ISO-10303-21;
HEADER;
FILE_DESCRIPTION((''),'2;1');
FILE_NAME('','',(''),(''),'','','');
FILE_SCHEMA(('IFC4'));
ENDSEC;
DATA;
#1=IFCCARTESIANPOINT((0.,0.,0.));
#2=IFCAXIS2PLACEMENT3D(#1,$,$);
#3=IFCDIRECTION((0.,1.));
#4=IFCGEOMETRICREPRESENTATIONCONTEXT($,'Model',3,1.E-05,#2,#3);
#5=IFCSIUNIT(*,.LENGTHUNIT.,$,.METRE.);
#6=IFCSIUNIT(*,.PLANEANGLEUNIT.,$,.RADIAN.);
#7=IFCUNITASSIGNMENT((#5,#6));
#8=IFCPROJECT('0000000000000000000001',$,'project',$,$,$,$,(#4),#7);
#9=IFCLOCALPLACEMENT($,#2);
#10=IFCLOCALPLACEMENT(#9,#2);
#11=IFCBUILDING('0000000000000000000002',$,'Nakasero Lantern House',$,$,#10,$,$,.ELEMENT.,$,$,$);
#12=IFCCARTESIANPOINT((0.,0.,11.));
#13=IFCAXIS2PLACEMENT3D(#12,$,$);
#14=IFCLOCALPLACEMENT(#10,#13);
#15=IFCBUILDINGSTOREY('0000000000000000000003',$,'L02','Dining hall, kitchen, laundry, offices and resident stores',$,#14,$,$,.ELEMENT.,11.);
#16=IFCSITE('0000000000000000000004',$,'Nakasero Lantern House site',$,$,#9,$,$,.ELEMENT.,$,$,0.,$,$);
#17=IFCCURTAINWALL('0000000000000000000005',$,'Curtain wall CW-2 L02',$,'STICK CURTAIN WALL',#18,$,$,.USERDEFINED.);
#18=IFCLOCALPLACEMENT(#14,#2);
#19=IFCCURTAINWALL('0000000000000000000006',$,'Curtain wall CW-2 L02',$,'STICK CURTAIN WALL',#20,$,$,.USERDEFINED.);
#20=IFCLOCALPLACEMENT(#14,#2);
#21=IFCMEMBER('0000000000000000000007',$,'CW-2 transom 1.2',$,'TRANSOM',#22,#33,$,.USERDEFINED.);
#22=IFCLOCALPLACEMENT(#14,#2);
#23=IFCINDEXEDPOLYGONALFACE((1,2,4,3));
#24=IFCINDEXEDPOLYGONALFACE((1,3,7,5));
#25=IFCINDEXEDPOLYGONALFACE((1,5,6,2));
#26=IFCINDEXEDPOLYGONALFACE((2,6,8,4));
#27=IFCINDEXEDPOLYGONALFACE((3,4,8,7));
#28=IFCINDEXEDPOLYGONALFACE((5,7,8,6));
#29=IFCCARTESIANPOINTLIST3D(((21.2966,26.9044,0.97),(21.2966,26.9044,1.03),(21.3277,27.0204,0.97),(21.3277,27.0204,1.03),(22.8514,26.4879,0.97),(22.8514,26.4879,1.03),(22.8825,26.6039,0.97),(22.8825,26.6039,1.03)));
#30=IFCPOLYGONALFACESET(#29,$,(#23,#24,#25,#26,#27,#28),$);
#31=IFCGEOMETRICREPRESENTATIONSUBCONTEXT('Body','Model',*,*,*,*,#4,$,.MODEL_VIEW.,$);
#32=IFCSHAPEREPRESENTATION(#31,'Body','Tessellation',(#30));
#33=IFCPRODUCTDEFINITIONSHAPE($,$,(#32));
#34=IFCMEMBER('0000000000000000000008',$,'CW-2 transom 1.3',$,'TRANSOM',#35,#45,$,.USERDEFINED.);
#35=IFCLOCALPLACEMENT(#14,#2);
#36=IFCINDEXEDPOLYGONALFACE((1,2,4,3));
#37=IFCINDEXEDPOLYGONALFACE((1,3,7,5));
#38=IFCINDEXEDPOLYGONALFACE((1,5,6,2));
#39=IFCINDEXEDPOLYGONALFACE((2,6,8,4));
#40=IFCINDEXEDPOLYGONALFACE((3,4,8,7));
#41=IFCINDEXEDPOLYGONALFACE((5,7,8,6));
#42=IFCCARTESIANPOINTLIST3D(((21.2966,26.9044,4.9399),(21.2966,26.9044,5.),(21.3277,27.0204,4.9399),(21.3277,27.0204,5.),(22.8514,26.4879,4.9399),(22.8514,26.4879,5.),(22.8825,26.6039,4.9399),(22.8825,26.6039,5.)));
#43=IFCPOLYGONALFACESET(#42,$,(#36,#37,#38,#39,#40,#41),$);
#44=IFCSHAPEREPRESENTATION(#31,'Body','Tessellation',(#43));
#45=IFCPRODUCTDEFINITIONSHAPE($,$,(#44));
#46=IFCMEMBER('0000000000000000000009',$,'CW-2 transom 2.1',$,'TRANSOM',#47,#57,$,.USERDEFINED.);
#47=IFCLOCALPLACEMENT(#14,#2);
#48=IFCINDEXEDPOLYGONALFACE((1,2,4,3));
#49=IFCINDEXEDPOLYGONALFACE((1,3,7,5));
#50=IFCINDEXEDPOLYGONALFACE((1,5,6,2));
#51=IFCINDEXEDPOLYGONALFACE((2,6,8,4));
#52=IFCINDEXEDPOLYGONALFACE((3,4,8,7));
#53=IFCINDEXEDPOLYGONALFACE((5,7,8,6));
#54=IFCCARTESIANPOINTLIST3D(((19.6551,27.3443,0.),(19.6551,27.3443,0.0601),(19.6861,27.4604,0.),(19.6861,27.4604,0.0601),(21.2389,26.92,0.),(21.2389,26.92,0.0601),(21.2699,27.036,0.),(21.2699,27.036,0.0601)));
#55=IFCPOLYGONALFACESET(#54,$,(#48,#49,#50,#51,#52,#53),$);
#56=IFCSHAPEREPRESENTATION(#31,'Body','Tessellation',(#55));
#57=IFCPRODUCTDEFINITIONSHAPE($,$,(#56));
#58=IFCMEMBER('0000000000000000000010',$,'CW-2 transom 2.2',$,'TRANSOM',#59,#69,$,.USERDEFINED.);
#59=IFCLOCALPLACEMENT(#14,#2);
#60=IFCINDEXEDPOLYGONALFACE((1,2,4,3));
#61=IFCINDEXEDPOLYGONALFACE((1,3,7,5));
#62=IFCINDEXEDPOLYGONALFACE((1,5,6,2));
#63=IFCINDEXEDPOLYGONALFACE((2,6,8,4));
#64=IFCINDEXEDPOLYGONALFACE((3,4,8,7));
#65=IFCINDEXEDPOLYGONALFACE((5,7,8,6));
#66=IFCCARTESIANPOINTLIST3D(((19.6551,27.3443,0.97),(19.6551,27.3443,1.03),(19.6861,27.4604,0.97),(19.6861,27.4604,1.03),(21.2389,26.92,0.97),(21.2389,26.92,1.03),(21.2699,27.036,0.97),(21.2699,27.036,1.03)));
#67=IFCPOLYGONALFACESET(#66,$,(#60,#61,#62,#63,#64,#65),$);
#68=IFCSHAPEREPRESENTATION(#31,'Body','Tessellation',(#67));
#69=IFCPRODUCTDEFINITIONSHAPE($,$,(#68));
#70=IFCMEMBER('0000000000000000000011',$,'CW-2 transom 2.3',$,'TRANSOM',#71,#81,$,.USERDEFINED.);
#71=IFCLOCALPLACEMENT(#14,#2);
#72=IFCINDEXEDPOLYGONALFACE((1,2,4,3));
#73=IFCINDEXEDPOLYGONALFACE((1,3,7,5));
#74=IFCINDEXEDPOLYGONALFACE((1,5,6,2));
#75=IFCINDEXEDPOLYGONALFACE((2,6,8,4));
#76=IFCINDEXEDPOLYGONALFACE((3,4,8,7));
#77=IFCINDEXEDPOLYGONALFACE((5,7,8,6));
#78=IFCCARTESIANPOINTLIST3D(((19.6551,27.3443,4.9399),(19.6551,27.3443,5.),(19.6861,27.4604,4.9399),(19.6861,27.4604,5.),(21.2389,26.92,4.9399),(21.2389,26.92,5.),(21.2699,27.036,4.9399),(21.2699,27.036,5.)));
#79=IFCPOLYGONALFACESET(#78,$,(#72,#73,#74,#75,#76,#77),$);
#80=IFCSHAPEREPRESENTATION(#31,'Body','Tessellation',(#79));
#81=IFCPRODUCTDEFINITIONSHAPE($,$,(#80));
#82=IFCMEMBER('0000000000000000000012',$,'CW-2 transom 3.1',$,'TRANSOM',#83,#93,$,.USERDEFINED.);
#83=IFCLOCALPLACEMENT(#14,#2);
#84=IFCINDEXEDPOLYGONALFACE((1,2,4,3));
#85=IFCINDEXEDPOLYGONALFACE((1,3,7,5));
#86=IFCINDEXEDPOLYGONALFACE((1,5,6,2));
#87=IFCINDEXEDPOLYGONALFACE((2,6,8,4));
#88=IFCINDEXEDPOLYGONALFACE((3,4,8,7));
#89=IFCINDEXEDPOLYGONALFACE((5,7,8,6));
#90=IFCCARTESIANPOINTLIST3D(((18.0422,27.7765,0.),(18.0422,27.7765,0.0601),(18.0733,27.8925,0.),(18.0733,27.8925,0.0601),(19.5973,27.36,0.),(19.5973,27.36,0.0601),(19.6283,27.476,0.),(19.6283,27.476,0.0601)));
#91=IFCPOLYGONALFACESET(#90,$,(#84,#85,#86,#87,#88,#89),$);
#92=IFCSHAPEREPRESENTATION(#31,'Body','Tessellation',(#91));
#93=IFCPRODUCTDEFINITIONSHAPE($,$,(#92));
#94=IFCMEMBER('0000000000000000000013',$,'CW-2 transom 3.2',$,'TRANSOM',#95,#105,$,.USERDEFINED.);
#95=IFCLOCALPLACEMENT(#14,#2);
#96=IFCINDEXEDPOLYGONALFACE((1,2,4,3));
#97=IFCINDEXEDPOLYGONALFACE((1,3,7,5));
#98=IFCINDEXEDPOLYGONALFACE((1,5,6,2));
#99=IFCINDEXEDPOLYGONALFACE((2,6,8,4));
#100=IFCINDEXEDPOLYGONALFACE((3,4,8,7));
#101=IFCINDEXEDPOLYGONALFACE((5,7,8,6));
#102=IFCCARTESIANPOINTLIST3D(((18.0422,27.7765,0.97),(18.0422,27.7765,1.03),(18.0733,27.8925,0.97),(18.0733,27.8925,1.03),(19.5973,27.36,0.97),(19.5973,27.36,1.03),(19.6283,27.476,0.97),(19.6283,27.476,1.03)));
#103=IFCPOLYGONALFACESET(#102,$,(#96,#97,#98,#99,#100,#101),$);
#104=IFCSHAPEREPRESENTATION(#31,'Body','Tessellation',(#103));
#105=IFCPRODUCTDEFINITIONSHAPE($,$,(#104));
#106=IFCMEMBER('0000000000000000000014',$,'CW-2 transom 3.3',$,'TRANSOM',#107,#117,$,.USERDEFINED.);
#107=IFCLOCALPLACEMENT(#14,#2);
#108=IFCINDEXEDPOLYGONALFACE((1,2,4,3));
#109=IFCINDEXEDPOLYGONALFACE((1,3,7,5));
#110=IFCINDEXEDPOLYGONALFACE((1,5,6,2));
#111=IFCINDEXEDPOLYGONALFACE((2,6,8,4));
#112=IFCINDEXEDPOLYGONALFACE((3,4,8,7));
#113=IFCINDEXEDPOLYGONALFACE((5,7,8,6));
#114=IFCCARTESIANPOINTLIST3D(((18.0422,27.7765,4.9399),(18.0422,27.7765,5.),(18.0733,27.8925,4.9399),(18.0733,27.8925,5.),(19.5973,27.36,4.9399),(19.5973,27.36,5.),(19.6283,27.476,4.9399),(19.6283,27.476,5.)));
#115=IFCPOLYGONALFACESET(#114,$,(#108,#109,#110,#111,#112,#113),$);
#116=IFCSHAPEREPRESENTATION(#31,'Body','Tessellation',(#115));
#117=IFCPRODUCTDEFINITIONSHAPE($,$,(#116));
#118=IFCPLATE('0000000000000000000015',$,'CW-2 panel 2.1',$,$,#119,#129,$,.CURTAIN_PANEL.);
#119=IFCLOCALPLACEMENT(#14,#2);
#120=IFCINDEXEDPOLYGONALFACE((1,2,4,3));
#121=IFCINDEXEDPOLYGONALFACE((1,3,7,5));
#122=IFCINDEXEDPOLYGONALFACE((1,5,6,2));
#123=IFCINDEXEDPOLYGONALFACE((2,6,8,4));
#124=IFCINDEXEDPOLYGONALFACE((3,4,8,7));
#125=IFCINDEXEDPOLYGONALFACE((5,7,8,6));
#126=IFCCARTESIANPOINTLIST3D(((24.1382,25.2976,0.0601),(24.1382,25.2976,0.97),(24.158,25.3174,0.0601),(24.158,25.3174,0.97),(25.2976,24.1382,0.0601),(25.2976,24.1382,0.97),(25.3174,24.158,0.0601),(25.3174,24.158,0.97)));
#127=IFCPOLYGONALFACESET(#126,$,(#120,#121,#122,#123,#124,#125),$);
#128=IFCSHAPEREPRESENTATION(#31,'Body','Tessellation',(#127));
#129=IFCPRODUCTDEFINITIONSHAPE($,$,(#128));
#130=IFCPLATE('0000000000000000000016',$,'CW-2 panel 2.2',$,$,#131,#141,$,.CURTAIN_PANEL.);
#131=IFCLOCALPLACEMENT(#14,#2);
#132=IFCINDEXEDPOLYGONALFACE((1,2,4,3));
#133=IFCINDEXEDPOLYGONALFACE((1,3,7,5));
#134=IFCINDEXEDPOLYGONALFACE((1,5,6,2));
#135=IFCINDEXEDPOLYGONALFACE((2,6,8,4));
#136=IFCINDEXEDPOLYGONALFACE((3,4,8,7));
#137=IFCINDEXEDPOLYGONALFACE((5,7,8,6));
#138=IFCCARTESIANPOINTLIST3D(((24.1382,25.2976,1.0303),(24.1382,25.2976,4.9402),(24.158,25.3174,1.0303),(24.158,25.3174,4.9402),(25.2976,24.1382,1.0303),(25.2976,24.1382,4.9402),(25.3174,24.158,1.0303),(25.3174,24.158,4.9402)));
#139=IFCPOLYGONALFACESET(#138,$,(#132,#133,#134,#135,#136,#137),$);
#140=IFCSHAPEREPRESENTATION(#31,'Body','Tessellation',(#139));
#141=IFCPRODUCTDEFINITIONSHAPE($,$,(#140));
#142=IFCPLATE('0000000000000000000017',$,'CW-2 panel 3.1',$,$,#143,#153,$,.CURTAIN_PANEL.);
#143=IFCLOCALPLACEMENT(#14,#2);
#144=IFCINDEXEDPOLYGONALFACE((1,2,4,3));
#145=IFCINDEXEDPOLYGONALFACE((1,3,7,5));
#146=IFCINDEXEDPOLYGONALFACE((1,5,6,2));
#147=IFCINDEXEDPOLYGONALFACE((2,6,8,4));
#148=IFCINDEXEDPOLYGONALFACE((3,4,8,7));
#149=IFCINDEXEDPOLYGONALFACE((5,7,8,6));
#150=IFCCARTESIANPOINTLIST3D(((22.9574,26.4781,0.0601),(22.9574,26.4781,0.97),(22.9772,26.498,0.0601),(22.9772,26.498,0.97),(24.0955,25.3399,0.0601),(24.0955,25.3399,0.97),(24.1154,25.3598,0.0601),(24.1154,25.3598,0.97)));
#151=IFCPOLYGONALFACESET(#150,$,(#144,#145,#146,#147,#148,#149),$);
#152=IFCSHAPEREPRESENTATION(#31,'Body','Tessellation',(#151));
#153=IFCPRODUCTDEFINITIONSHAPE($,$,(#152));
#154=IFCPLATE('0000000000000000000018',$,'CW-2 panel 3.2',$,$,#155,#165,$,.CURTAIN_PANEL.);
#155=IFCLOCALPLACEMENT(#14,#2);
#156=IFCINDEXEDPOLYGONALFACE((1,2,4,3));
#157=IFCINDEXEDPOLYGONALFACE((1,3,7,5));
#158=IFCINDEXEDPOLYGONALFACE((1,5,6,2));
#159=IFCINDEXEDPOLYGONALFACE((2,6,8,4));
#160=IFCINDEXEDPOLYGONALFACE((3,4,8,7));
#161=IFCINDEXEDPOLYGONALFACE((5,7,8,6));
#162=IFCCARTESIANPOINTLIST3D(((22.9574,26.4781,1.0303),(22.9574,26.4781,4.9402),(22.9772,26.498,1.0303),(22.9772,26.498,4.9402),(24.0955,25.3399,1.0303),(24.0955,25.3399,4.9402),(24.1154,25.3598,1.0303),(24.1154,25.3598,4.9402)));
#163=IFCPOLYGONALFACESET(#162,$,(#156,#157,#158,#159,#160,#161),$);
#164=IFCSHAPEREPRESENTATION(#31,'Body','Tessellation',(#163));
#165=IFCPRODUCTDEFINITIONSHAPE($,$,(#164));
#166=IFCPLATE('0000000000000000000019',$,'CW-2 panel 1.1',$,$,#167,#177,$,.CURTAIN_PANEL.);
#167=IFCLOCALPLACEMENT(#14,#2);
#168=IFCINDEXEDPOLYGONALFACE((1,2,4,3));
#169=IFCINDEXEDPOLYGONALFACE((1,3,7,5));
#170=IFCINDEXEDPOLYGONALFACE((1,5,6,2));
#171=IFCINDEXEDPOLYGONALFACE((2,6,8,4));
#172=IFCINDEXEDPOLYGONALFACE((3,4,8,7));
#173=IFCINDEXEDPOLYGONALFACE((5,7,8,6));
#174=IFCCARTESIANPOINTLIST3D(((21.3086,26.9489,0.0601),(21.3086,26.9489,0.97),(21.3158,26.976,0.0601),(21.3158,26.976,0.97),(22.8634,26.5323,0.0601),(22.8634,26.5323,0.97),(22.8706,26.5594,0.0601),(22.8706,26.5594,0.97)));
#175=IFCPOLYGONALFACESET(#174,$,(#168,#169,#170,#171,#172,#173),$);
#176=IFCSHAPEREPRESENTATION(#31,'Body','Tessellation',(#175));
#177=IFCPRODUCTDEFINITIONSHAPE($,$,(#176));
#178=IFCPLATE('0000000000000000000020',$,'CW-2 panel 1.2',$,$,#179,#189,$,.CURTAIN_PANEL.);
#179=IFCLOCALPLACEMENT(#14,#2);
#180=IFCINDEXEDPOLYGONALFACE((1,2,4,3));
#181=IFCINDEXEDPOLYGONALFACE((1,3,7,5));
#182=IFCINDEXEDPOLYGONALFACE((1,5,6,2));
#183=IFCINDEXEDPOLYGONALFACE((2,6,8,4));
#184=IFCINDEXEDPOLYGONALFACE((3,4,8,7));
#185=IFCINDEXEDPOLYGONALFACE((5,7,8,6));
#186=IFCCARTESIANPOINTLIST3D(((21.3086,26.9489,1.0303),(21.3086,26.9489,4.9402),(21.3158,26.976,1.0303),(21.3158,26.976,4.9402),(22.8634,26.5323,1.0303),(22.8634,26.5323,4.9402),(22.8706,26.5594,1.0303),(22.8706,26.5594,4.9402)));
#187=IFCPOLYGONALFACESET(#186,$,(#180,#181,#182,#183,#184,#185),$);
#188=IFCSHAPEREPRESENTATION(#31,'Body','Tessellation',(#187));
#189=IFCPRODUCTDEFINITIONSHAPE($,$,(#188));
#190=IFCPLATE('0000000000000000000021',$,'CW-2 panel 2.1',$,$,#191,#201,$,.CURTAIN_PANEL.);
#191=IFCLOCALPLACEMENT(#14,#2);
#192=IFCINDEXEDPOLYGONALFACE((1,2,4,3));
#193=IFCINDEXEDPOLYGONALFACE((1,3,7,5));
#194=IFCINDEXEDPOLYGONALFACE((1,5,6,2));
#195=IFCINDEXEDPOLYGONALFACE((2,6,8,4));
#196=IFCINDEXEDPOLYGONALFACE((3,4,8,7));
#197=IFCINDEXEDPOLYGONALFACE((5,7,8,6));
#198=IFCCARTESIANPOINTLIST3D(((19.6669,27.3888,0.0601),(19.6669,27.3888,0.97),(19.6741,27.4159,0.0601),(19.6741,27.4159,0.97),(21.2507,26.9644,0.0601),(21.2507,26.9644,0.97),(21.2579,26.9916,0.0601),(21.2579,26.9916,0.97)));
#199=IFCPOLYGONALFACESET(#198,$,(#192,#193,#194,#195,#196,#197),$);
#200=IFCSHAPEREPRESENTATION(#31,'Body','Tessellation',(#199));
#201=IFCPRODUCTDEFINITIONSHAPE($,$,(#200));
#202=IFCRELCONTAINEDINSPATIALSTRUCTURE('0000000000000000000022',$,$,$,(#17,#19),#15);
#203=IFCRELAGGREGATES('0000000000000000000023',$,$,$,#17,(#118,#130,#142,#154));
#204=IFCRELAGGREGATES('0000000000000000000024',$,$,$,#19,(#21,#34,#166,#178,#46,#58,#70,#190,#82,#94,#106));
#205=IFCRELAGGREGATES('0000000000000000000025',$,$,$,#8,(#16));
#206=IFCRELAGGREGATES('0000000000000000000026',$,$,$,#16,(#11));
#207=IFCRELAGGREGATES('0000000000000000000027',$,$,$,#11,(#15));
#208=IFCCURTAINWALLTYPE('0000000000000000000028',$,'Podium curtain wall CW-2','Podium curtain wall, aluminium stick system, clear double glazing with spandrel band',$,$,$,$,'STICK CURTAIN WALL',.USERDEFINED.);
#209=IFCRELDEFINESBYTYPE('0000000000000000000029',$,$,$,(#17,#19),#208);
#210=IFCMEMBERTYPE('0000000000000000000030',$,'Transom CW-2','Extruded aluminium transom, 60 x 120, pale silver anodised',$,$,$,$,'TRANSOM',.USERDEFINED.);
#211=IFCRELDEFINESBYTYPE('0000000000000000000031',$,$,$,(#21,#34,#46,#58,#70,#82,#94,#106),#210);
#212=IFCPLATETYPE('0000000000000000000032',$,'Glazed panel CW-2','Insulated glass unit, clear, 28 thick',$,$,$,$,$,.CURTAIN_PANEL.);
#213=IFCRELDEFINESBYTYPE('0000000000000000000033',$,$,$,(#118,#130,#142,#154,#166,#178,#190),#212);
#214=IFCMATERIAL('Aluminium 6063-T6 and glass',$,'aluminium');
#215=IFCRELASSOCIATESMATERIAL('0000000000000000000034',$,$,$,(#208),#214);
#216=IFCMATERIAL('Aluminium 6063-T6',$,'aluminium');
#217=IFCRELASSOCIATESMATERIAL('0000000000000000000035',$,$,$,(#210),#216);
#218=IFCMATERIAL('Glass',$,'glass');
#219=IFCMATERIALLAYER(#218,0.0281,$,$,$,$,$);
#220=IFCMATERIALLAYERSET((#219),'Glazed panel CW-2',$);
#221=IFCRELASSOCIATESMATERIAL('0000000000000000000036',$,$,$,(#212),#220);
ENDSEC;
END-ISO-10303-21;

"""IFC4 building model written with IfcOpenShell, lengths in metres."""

from ifc_helpers import new_model, si_unit, direction, frame, origin, origin_2d, place, context, subcontext, project, spatial, rectangle, extrude, material, layer, layer_set, material_profile, profile_set, type_object, element, aggregate, save


model = new_model("IFC4")

# Units and contexts
model_context = context("Model", 3, precision=1e-05, world=origin(), true_north=direction((0.0, 1.0)))
body_context = subcontext(model_context, "Body", "Model", "MODEL_VIEW")
ifc_project = project(units=[si_unit("LENGTHUNIT", "METRE"), si_unit("PLANEANGLEUNIT", "RADIAN")], contexts=[model_context])

# Site, building, storey
site_placement = place(None, origin())
site = spatial("IfcSite", under=ifc_project, at=site_placement, Name="Nakasero Lantern House site", CompositionType="ELEMENT", RefElevation=0.0)
building_placement = place(site_placement, origin())
building = spatial("IfcBuilding", under=site, at=building_placement, Name="Nakasero Lantern House", CompositionType="ELEMENT")
storey_placement = place(building_placement, frame((0.0, 0.0, 11.0)))
storey = spatial("IfcBuildingStorey", under=building, at=storey_placement, Name="L02", Description="Dining hall, kitchen, laundry, offices and resident stores", CompositionType="ELEMENT", Elevation=11.0)

# Curtain walls
ifc_material_1 = material(Name="Aluminium 6063-T6 and glass", Category="aluminium")
curtain_wall_type = type_object("IfcCurtainWallType", Name="Podium curtain wall CW-2", Description="Podium curtain wall, aluminium stick system, clear double glazing with spandrel band", ElementType="STICK CURTAIN WALL", PredefinedType="USERDEFINED", material=ifc_material_1)
curtain_wall_1_placement = place(storey_placement, origin())
curtain_wall_1 = element("IfcCurtainWall", 1, at=curtain_wall_1_placement, inside=storey, type_object=curtain_wall_type, Name="Curtain wall CW-2 L02", ObjectType="STICK CURTAIN WALL", PredefinedType="USERDEFINED")
curtain_wall_2_placement = place(storey_placement, origin())
curtain_wall_2 = element("IfcCurtainWall", 2, at=curtain_wall_2_placement, inside=storey, type_object=curtain_wall_type, Name="Curtain wall CW-2 L02", ObjectType="STICK CURTAIN WALL", PredefinedType="USERDEFINED")

# Members
ifc_material_2 = material(Name="Aluminium 6063-T6", Category="aluminium")
ifc_material_profile_1 = material_profile(ifc_material_2, rectangle(XDim=0.0601, YDim=0.1201, at=origin_2d()), Name="CW-2 transom 60x120")
ifc_profile_set_1 = profile_set([ifc_material_profile_1], Name="Aluminium 6063-T6")
member_type_1 = type_object("IfcMemberType", Name="Transom CW-2", Description="Extruded aluminium transom, 60 x 120, pale silver anodised", ElementType="TRANSOM", PredefinedType="USERDEFINED", material=ifc_profile_set_1)
member_1_placement = place(storey_placement, frame((22.8669, 26.5459, 1.0), z_axis=(-0.965937, 0.258777, 0.0), x_axis=(0.0, 0.0, 1.0)))
member_1 = element("IfcMember", 3, at=member_1_placement, type_object=member_type_1, Name="CW-2 transom 1.2", ObjectType="TRANSOM", PredefinedType="USERDEFINED", context=body_context, shape_type="SweptSolid", body=[
    extrude(rectangle(XDim=0.0601, YDim=0.1201, at=origin_2d()), origin(), (0.0, 0.0, 1.0), 1.6096),
])
member_2_placement = place(storey_placement, frame((22.8669, 26.5459, 4.97), z_axis=(-0.965937, 0.258777, 0.0), x_axis=(0.0, 0.0, 1.0)))
member_2 = element("IfcMember", 4, at=member_2_placement, type_object=member_type_1, Name="CW-2 transom 1.3", ObjectType="TRANSOM", PredefinedType="USERDEFINED", context=body_context, shape_type="SweptSolid", body=[
    extrude(rectangle(XDim=0.0601, YDim=0.1201, at=origin_2d()), origin(), (0.0, 0.0, 1.0), 1.6096),
])
member_3_placement = place(storey_placement, frame((21.2544, 26.978, 0.03), z_axis=(-0.965933, 0.258793, 0.0), x_axis=(0.0, 0.0, 1.0)))
member_3 = element("IfcMember", 5, at=member_3_placement, type_object=member_type_1, Name="CW-2 transom 2.1", ObjectType="TRANSOM", PredefinedType="USERDEFINED", context=body_context, shape_type="SweptSolid", body=[
    extrude(rectangle(XDim=0.0601, YDim=0.1201, at=origin_2d()), origin(), (0.0, 0.0, 1.0), 1.6396),
])
member_4_placement = place(storey_placement, frame((21.2544, 26.978, 1.0), z_axis=(-0.965933, 0.258793, 0.0), x_axis=(0.0, 0.0, 1.0)))
member_4 = element("IfcMember", 6, at=member_4_placement, type_object=member_type_1, Name="CW-2 transom 2.2", ObjectType="TRANSOM", PredefinedType="USERDEFINED", context=body_context, shape_type="SweptSolid", body=[
    extrude(rectangle(XDim=0.0601, YDim=0.1201, at=origin_2d()), origin(), (0.0, 0.0, 1.0), 1.6396),
])
member_5_placement = place(storey_placement, frame((21.2544, 26.978, 4.97), z_axis=(-0.965933, 0.258793, 0.0), x_axis=(0.0, 0.0, 1.0)))
member_5 = element("IfcMember", 7, at=member_5_placement, type_object=member_type_1, Name="CW-2 transom 2.3", ObjectType="TRANSOM", PredefinedType="USERDEFINED", context=body_context, shape_type="SweptSolid", body=[
    extrude(rectangle(XDim=0.0601, YDim=0.1201, at=origin_2d()), origin(), (0.0, 0.0, 1.0), 1.6396),
])
member_6_placement = place(storey_placement, frame((19.6128, 27.418, 0.03), z_axis=(-0.965947, 0.258739, 0.0), x_axis=(0.0, 0.0, 1.0)))
member_6 = element("IfcMember", 8, at=member_6_placement, type_object=member_type_1, Name="CW-2 transom 3.1", ObjectType="TRANSOM", PredefinedType="USERDEFINED", context=body_context, shape_type="SweptSolid", body=[
    extrude(rectangle(XDim=0.0601, YDim=0.1201, at=origin_2d()), origin(), (0.0, 0.0, 1.0), 1.6099),
])
member_7_placement = place(storey_placement, frame((19.6128, 27.418, 1.0), z_axis=(-0.965947, 0.258739, 0.0), x_axis=(0.0, 0.0, 1.0)))
member_7 = element("IfcMember", 9, at=member_7_placement, type_object=member_type_1, Name="CW-2 transom 3.2", ObjectType="TRANSOM", PredefinedType="USERDEFINED", context=body_context, shape_type="SweptSolid", body=[
    extrude(rectangle(XDim=0.0601, YDim=0.1201, at=origin_2d()), origin(), (0.0, 0.0, 1.0), 1.6099),
])
member_8_placement = place(storey_placement, frame((19.6128, 27.418, 4.97), z_axis=(-0.965947, 0.258739, 0.0), x_axis=(0.0, 0.0, 1.0)))
member_8 = element("IfcMember", 10, at=member_8_placement, type_object=member_type_1, Name="CW-2 transom 3.3", ObjectType="TRANSOM", PredefinedType="USERDEFINED", context=body_context, shape_type="SweptSolid", body=[
    extrude(rectangle(XDim=0.0601, YDim=0.1201, at=origin_2d()), origin(), (0.0, 0.0, 1.0), 1.6099),
])

# Plates
ifc_material_3 = material(Name="Glass", Category="glass")
ifc_layer = layer(ifc_material_3, 0.0281)
ifc_layer_set = layer_set([ifc_layer], Name="Glazed panel CW-2")
plate_type = type_object("IfcPlateType", Name="Glazed panel CW-2", Description="Insulated glass unit, clear, 28 thick", PredefinedType="CURTAIN_PANEL", material=ifc_layer_set)
plate_1_placement = place(storey_placement, frame((24.7278, 24.7278, 0.0601), z_axis=(0.0, 0.0, 1.0), x_axis=(-0.707107, 0.707107, 0.0)))
plate_1 = element("IfcPlate", 11, at=plate_1_placement, type_object=plate_type, Name="CW-2 panel 2.1", PredefinedType="CURTAIN_PANEL", context=body_context, shape_type="SweptSolid", body=[
    extrude(rectangle(XDim=1.6396, YDim=0.0281, at=origin_2d()), origin(), (0.0, 0.0, 1.0), 0.9099),
])
plate_2_placement = place(storey_placement, frame((24.7278, 24.7278, 1.0303), z_axis=(0.0, 0.0, 1.0), x_axis=(-0.707107, 0.707107, 0.0)))
plate_2 = element("IfcPlate", 12, at=plate_2_placement, type_object=plate_type, Name="CW-2 panel 2.2", PredefinedType="CURTAIN_PANEL", context=body_context, shape_type="SweptSolid", body=[
    extrude(rectangle(XDim=1.6396, YDim=0.0281, at=origin_2d()), origin(), (0.0, 0.0, 1.0), 3.9099),
])
plate_3_placement = place(storey_placement, frame((23.5364, 25.9189, 0.0601), z_axis=(0.0, 0.0, 1.0), x_axis=(-0.707107, 0.707107, 0.0)))
plate_3 = element("IfcPlate", 13, at=plate_3_placement, type_object=plate_type, Name="CW-2 panel 3.1", PredefinedType="CURTAIN_PANEL", context=body_context, shape_type="SweptSolid", body=[
    extrude(rectangle(XDim=1.6096, YDim=0.0281, at=origin_2d()), origin(), (0.0, 0.0, 1.0), 0.9099),
])
plate_4_placement = place(storey_placement, frame((23.5364, 25.9189, 1.0303), z_axis=(0.0, 0.0, 1.0), x_axis=(-0.707107, 0.707107, 0.0)))
plate_4 = element("IfcPlate", 14, at=plate_4_placement, type_object=plate_type, Name="CW-2 panel 3.2", PredefinedType="CURTAIN_PANEL", context=body_context, shape_type="SweptSolid", body=[
    extrude(rectangle(XDim=1.6096, YDim=0.0281, at=origin_2d()), origin(), (0.0, 0.0, 1.0), 3.9099),
])
aggregate(curtain_wall_1, [plate_1, plate_2, plate_3, plate_4])
plate_5_placement = place(storey_placement, frame((22.0896, 26.7542, 0.0601), z_axis=(0.0, 0.0, 1.0), x_axis=(-0.965926, 0.258819, 0.0)))
plate_5 = element("IfcPlate", 15, at=plate_5_placement, type_object=plate_type, Name="CW-2 panel 1.1", PredefinedType="CURTAIN_PANEL", context=body_context, shape_type="SweptSolid", body=[
    extrude(rectangle(XDim=1.6096, YDim=0.0281, at=origin_2d()), origin(), (0.0, 0.0, 1.0), 0.9099),
])
plate_6_placement = place(storey_placement, frame((22.0896, 26.7542, 1.0303), z_axis=(0.0, 0.0, 1.0), x_axis=(-0.965926, 0.258819, 0.0)))
plate_6 = element("IfcPlate", 16, at=plate_6_placement, type_object=plate_type, Name="CW-2 panel 1.2", PredefinedType="CURTAIN_PANEL", context=body_context, shape_type="SweptSolid", body=[
    extrude(rectangle(XDim=1.6096, YDim=0.0281, at=origin_2d()), origin(), (0.0, 0.0, 1.0), 3.9099),
])
plate_7_placement = place(storey_placement, frame((20.4624, 27.1902, 0.0601), z_axis=(0.0, 0.0, 1.0), x_axis=(-0.965926, 0.258819, 0.0)))
plate_7 = element("IfcPlate", 17, at=plate_7_placement, type_object=plate_type, Name="CW-2 panel 2.1", PredefinedType="CURTAIN_PANEL", context=body_context, shape_type="SweptSolid", body=[
    extrude(rectangle(XDim=1.6396, YDim=0.0281, at=origin_2d()), origin(), (0.0, 0.0, 1.0), 0.9099),
])
aggregate(curtain_wall_2, [member_1, member_2, plate_5, plate_6, member_3, member_4, member_5, plate_7, member_6, member_7, member_8])

save(model, "model.ifc")
